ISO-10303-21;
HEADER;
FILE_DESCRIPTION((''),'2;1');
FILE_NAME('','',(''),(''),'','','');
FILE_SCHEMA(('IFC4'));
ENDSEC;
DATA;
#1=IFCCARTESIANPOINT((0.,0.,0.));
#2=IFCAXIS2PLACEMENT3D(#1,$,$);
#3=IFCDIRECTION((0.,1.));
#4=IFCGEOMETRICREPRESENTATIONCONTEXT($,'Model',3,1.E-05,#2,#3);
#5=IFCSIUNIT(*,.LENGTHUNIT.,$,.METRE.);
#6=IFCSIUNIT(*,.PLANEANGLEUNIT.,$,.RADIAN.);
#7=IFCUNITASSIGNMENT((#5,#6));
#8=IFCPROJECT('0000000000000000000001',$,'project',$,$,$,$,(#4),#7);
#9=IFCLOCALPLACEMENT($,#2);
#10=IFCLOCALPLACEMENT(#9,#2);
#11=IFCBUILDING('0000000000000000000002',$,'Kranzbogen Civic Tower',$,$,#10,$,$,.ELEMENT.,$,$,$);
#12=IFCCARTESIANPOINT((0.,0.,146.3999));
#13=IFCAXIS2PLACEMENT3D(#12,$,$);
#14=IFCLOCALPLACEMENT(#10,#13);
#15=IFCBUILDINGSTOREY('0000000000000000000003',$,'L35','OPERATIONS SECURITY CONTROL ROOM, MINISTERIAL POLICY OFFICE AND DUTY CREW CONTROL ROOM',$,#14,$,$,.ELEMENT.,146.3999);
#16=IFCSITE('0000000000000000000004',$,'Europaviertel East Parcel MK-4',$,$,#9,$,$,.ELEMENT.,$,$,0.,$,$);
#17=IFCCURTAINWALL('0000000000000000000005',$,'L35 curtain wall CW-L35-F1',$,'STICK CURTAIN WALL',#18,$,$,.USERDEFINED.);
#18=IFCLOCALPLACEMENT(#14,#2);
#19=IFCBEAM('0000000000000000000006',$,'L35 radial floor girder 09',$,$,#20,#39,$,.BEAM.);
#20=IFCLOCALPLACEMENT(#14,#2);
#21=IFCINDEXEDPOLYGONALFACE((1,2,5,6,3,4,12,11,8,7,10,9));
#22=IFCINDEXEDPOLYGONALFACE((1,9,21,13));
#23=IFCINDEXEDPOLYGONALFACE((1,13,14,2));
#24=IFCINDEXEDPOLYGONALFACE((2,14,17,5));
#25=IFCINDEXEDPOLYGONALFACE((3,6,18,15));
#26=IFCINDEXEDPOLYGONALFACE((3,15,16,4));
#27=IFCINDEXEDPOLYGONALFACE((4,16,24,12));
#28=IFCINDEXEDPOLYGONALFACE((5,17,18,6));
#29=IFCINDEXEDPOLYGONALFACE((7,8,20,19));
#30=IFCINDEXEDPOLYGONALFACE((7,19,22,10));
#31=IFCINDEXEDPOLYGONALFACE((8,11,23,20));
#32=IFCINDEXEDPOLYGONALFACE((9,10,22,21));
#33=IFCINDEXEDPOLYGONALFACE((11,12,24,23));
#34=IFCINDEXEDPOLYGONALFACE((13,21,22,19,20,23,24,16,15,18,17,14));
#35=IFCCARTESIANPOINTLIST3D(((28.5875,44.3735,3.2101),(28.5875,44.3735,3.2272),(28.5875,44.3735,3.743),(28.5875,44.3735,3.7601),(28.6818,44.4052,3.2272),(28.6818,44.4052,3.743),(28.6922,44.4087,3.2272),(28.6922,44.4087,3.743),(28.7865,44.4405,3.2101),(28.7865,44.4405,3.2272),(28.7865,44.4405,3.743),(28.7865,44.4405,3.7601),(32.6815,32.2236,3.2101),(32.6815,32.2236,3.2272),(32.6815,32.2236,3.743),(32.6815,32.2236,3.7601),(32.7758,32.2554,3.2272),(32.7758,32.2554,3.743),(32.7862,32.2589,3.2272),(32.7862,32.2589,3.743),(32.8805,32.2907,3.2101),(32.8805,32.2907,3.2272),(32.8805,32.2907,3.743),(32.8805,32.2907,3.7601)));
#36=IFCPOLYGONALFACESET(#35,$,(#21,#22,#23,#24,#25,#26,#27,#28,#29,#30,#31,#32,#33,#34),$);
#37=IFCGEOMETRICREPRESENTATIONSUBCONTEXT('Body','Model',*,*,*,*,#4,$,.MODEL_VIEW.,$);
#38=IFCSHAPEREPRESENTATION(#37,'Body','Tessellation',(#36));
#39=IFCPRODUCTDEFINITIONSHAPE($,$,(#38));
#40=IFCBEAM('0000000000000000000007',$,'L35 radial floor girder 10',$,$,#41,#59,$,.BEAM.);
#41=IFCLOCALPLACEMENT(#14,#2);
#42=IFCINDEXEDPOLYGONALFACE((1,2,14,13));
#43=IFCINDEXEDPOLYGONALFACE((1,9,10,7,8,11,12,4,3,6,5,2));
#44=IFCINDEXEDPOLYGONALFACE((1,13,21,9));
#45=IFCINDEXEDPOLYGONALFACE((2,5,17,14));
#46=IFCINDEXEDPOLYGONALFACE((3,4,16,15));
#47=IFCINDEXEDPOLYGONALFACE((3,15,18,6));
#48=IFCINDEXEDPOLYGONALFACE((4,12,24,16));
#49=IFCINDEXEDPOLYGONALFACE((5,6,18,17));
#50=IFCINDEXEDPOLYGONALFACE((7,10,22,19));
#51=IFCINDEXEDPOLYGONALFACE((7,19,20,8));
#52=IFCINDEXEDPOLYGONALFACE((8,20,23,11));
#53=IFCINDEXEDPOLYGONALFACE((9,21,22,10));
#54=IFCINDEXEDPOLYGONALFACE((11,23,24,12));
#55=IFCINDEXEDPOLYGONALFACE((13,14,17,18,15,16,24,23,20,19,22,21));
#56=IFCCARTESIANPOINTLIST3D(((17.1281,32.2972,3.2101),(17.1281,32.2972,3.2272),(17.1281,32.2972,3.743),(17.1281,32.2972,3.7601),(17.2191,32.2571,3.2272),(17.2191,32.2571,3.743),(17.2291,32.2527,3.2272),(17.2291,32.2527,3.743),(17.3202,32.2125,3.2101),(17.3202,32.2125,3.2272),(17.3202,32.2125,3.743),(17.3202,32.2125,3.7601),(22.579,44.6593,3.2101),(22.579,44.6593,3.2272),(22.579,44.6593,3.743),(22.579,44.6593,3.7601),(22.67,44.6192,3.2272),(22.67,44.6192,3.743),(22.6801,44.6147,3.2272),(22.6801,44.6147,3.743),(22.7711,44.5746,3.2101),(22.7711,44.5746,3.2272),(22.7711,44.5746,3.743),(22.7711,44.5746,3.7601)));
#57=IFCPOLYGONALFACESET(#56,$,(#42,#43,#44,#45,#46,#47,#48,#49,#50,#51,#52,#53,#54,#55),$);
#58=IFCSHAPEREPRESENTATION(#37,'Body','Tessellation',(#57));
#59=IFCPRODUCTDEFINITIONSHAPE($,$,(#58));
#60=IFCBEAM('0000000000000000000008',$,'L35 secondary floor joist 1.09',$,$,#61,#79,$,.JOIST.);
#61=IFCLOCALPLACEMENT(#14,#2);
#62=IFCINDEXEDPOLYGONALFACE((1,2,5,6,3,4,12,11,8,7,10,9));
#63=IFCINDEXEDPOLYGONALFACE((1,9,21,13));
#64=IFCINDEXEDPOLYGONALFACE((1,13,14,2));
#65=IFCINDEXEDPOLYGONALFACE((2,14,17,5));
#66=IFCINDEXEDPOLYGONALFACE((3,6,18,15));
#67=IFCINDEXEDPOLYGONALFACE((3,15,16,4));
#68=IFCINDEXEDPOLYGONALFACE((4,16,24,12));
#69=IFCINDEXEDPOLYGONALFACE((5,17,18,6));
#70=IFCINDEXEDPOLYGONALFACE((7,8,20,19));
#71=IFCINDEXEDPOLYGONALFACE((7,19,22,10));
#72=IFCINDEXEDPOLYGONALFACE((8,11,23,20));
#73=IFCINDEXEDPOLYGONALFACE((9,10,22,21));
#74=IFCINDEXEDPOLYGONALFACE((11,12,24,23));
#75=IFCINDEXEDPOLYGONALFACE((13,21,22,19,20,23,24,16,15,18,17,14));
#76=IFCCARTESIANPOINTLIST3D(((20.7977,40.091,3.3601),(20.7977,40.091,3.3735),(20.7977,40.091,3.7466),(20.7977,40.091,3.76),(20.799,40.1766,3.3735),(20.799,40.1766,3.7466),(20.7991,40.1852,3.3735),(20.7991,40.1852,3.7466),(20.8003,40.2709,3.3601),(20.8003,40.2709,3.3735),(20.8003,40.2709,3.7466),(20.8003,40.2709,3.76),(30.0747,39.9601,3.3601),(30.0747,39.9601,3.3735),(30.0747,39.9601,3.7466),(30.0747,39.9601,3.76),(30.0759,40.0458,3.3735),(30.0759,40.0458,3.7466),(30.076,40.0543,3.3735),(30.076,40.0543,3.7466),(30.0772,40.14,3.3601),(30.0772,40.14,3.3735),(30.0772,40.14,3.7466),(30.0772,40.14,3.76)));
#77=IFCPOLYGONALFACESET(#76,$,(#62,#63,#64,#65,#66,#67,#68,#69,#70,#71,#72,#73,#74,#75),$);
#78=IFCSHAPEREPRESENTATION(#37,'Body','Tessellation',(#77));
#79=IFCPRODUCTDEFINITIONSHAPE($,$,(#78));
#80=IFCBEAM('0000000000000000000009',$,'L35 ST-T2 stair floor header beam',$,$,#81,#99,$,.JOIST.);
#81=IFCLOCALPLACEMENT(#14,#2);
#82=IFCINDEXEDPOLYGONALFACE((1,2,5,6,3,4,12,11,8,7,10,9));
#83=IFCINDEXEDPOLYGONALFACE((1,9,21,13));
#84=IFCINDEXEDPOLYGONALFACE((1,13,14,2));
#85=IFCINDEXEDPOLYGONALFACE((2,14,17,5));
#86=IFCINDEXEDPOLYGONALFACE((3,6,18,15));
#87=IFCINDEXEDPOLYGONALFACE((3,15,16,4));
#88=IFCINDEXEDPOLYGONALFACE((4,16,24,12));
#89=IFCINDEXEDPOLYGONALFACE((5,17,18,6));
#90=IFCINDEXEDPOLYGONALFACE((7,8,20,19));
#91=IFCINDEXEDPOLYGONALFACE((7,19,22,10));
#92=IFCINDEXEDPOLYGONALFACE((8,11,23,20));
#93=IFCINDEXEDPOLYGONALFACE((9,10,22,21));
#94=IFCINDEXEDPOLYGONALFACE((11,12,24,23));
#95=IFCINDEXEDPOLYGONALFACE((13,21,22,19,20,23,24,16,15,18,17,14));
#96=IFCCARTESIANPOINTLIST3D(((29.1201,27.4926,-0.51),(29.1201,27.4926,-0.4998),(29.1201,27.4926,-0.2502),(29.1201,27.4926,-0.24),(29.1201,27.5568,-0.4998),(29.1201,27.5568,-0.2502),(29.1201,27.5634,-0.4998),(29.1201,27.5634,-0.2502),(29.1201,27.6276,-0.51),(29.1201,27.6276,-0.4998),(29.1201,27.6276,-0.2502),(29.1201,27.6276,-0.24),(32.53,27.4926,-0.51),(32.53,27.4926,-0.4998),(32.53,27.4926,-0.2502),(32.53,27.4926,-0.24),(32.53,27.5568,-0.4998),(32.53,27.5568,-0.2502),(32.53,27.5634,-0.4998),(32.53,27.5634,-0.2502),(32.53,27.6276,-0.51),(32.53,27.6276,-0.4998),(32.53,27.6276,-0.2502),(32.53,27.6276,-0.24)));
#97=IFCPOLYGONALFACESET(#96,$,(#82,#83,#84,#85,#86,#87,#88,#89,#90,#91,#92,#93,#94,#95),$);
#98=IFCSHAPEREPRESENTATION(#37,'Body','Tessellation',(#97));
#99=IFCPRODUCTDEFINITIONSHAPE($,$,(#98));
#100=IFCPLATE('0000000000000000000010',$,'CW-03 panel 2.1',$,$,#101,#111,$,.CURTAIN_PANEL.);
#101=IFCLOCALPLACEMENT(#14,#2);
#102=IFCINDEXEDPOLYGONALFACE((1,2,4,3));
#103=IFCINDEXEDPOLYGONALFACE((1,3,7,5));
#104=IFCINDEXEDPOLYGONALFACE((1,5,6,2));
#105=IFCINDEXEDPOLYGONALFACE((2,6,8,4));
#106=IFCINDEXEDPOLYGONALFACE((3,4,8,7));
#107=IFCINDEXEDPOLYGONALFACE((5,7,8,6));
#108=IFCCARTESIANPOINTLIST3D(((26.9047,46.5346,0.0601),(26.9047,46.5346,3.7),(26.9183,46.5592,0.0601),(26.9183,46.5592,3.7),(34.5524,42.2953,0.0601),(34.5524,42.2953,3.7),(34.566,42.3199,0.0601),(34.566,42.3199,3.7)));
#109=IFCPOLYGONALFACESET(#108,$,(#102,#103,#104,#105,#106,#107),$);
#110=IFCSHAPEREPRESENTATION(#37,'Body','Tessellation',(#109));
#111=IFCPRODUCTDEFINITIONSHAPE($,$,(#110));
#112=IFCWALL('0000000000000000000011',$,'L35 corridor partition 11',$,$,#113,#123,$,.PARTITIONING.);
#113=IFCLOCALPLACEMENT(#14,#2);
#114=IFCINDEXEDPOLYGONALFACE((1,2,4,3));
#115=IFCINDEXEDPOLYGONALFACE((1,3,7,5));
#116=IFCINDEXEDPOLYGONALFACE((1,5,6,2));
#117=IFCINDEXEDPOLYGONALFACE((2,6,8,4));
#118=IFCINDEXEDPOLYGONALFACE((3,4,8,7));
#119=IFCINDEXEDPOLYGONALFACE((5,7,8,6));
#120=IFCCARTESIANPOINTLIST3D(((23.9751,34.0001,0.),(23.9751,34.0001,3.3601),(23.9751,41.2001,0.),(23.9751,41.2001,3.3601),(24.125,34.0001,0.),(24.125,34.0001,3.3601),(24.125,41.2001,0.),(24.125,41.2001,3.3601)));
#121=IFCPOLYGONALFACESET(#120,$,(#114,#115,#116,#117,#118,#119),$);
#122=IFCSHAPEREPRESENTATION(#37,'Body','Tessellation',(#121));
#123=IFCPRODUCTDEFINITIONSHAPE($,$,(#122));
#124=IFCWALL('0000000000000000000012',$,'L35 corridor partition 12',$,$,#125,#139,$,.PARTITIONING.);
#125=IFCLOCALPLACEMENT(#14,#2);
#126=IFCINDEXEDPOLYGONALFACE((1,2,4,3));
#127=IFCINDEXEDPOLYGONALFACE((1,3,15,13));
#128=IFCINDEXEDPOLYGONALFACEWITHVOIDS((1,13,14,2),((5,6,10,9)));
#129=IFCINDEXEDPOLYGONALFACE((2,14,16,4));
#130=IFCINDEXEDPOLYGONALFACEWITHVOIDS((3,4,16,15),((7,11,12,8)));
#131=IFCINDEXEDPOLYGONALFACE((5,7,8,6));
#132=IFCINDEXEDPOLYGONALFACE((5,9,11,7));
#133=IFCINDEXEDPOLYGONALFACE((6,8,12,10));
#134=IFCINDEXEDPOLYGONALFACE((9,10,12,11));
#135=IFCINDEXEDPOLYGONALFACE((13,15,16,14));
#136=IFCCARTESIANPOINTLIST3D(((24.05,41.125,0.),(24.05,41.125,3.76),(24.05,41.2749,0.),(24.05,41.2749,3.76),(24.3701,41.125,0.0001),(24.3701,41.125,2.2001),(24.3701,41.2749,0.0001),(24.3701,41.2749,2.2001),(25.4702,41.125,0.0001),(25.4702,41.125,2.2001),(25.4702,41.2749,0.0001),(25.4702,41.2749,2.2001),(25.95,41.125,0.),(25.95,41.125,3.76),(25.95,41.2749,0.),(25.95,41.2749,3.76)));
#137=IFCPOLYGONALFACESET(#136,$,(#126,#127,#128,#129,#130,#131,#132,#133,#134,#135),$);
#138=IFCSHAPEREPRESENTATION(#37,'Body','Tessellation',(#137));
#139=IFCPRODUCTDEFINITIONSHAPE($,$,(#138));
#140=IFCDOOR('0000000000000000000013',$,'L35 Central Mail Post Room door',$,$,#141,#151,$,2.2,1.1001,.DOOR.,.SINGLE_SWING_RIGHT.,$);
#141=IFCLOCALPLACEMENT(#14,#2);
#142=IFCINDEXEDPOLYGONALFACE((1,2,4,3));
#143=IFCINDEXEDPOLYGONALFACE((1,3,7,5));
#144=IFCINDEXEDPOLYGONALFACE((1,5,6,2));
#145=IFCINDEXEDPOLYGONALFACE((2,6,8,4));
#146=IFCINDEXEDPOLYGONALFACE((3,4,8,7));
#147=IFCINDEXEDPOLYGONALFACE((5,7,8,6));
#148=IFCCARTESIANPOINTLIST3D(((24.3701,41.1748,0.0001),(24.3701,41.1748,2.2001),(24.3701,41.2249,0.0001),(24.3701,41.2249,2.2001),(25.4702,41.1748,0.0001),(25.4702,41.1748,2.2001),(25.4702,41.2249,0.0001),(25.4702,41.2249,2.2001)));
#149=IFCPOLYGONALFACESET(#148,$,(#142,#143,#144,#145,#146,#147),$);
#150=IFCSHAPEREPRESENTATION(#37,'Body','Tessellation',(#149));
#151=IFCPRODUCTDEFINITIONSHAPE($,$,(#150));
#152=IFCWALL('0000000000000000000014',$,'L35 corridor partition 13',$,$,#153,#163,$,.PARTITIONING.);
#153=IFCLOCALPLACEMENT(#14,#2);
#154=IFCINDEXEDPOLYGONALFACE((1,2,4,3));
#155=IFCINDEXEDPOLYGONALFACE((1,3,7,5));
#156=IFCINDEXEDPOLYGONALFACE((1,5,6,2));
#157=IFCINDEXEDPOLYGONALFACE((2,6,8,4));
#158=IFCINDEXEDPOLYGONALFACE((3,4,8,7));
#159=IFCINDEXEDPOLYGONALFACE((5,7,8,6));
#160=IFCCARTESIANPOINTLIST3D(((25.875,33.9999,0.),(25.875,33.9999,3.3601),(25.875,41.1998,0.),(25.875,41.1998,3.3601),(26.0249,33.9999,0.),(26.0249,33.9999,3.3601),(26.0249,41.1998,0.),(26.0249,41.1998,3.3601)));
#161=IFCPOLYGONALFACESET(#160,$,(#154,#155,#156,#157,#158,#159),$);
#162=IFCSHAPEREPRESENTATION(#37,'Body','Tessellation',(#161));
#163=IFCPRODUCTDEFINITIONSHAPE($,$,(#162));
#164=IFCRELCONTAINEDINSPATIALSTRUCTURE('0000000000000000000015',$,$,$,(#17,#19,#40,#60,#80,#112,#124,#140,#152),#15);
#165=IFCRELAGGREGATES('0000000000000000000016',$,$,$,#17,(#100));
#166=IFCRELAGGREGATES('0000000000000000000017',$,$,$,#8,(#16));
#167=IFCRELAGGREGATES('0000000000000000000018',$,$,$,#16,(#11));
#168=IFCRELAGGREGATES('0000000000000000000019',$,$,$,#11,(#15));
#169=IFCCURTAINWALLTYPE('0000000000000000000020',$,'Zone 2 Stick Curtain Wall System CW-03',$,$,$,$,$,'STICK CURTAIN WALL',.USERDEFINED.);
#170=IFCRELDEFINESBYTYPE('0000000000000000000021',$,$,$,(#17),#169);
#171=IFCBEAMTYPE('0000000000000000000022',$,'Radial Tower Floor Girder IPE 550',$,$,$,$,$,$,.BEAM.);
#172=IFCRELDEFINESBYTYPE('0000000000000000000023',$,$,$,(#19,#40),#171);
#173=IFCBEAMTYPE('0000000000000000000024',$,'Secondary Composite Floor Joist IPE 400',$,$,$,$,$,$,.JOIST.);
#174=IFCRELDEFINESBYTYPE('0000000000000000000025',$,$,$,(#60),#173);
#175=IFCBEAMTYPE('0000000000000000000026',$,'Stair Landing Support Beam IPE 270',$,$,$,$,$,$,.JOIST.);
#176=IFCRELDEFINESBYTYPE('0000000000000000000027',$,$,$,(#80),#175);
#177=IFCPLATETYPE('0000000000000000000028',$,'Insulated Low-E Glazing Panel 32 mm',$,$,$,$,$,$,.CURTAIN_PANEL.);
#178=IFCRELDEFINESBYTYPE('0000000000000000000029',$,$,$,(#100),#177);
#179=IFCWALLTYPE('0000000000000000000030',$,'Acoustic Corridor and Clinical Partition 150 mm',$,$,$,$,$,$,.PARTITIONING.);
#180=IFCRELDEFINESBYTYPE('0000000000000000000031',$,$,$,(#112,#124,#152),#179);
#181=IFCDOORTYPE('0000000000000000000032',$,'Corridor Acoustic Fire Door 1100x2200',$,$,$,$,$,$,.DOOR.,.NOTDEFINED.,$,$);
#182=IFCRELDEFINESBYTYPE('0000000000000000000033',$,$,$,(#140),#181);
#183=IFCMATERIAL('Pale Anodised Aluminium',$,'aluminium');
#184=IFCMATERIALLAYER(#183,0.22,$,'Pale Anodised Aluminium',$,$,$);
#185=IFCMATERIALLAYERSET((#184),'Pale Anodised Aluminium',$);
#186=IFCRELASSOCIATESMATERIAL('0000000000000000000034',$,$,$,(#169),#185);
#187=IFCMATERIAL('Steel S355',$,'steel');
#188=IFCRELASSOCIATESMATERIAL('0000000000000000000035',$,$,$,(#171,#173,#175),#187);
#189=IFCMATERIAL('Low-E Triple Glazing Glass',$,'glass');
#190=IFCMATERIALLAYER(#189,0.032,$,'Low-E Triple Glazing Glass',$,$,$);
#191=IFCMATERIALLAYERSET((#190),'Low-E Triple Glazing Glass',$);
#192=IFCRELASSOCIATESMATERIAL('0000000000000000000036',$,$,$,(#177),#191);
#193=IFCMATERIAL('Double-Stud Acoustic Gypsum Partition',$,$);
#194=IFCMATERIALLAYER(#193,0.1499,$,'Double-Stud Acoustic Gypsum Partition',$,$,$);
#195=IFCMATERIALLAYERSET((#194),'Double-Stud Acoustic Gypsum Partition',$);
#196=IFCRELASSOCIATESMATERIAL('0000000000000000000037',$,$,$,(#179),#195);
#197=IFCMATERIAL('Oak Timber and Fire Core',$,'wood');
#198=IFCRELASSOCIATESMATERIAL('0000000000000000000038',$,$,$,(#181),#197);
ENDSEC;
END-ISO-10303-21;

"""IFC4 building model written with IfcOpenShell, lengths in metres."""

from ifc_helpers import new_model, si_unit, direction, frame, frame_2d, origin, origin_2d, place, context, subcontext, project, spatial, rectangle, i_section, extrude, material, layer, layer_set, material_profile, profile_set, type_object, element, fill, aggregate, save


model = new_model("IFC4")

# Units and contexts
model_context = context("Model", 3, precision=1e-05, world=origin(), true_north=direction((0.0, 1.0)))
body_context = subcontext(model_context, "Body", "Model", "MODEL_VIEW")
ifc_project = project(units=[si_unit("LENGTHUNIT", "METRE"), si_unit("PLANEANGLEUNIT", "RADIAN")], contexts=[model_context])

# Site, building, storey
site_placement = place(None, origin())
site = spatial("IfcSite", under=ifc_project, at=site_placement, Name="Europaviertel East Parcel MK-4", CompositionType="ELEMENT", RefElevation=0.0)
building_placement = place(site_placement, origin())
building = spatial("IfcBuilding", under=site, at=building_placement, Name="Kranzbogen Civic Tower", CompositionType="ELEMENT")
storey_placement = place(building_placement, frame((0.0, 0.0, 146.3999)))
storey = spatial("IfcBuildingStorey", under=building, at=storey_placement, Name="L35", Description="OPERATIONS SECURITY CONTROL ROOM, MINISTERIAL POLICY OFFICE AND DUTY CREW CONTROL ROOM", CompositionType="ELEMENT", Elevation=146.3999)

# Shared definitions
ifc_material_1 = material(Name="Steel S355", Category="steel")

# Curtain wall
ifc_material_2 = material(Name="Pale Anodised Aluminium", Category="aluminium")
ifc_layer_1 = layer(ifc_material_2, 0.22, Name="Pale Anodised Aluminium")
ifc_layer_set_1 = layer_set([ifc_layer_1], Name="Pale Anodised Aluminium")
curtain_wall_type = type_object("IfcCurtainWallType", Name="Zone 2 Stick Curtain Wall System CW-03", ElementType="STICK CURTAIN WALL", PredefinedType="USERDEFINED", material=ifc_layer_set_1)
curtain_wall_1_placement = place(storey_placement, origin())
curtain_wall_1 = element("IfcCurtainWall", 1, at=curtain_wall_1_placement, inside=storey, type_object=curtain_wall_type, Name="L35 curtain wall CW-L35-F1", ObjectType="STICK CURTAIN WALL", PredefinedType="USERDEFINED")

# Beams
ifc_material_profile_1 = material_profile(ifc_material_1, i_section(OverallWidth=0.21, OverallDepth=0.55, WebThickness=0.011, FlangeThickness=0.0171, at=origin_2d()), Name="IPE 550")
ifc_profile_set_1 = profile_set([ifc_material_profile_1], Name="Steel S355")
beam_type_1 = type_object("IfcBeamType", Name="Radial Tower Floor Girder IPE 550", PredefinedType="BEAM", material=ifc_profile_set_1)
beam_1_placement = place(storey_placement, frame((28.687, 44.407, 3.4851), z_axis=(0.319317, -0.947648, 0.0), x_axis=(0.947648, 0.319317, 0.0)))
element("IfcBeam", 2, at=beam_1_placement, inside=storey, type_object=beam_type_1, Name="L35 radial floor girder 09", PredefinedType="BEAM", context=body_context, shape_type="SweptSolid", body=[
    extrude(i_section(OverallWidth=0.21, OverallDepth=0.55, WebThickness=0.011, FlangeThickness=0.0171, at=origin_2d()), origin(), (0.0, 0.0, 1.0), 12.821),
])
beam_2_placement = place(storey_placement, frame((22.675, 44.6169, 3.4851), z_axis=(-0.403459, -0.914998, 0.0), x_axis=(0.914998, -0.403459, 0.0)))
element("IfcBeam", 3, at=beam_2_placement, inside=storey, type_object=beam_type_1, Name="L35 radial floor girder 10", PredefinedType="BEAM", context=body_context, shape_type="SweptSolid", body=[
    extrude(i_section(OverallWidth=0.21, OverallDepth=0.55, WebThickness=0.011, FlangeThickness=0.0171, at=origin_2d()), origin(), (0.0, 0.0, 1.0), 13.5105),
])
ifc_material_profile_2 = material_profile(ifc_material_1, i_section(OverallWidth=0.1799, OverallDepth=0.3999, WebThickness=0.0085, FlangeThickness=0.0134, at=origin_2d()), Name="IPE 400")
ifc_profile_set_2 = profile_set([ifc_material_profile_2], Name="Steel S355")
beam_type_2 = type_object("IfcBeamType", Name="Secondary Composite Floor Joist IPE 400", PredefinedType="JOIST", material=ifc_profile_set_2)
beam_3_placement = place(storey_placement, frame((30.0759, 40.05, 3.5601), z_axis=(-0.999901, 0.014105, 0.0), x_axis=(-0.014105, -0.999901, 0.0)))
element("IfcBeam", 4, at=beam_3_placement, inside=storey, type_object=beam_type_2, Name="L35 secondary floor joist 1.09", PredefinedType="JOIST", context=body_context, shape_type="SweptSolid", body=[
    extrude(i_section(OverallWidth=0.1799, OverallDepth=0.3999, WebThickness=0.0085, FlangeThickness=0.0134, at=origin_2d()), origin(), (0.0, 0.0, 1.0), 9.2778),
])
ifc_material_profile_3 = material_profile(ifc_material_1, i_section(OverallWidth=0.135, OverallDepth=0.27, WebThickness=0.0066, FlangeThickness=0.0103, at=origin_2d()), Name="IPE 270")
ifc_profile_set_3 = profile_set([ifc_material_profile_3], Name="Steel S355")
beam_type_3 = type_object("IfcBeamType", Name="Stair Landing Support Beam IPE 270", PredefinedType="JOIST", material=ifc_profile_set_3)
beam_4_placement = place(storey_placement, frame((29.1201, 27.5601, -0.375), z_axis=(1.0, 0.0, 0.0), x_axis=(0.0, 1.0, 0.0)))
element("IfcBeam", 5, at=beam_4_placement, inside=storey, type_object=beam_type_3, Name="L35 ST-T2 stair floor header beam", PredefinedType="JOIST", context=body_context, shape_type="SweptSolid", body=[
    extrude(i_section(OverallWidth=0.135, OverallDepth=0.27, WebThickness=0.0066, FlangeThickness=0.0103, at=origin_2d()), origin(), (0.0, 0.0, 1.0), 3.4099),
])

# Plate
ifc_material_3 = material(Name="Low-E Triple Glazing Glass", Category="glass")
ifc_layer_2 = layer(ifc_material_3, 0.032, Name="Low-E Triple Glazing Glass")
ifc_layer_set_2 = layer_set([ifc_layer_2], Name="Low-E Triple Glazing Glass")
plate_type = type_object("IfcPlateType", Name="Insulated Low-E Glazing Panel 32 mm", PredefinedType="CURTAIN_PANEL", material=ifc_layer_set_2)
plate_placement = place(storey_placement, frame((30.7354, 44.4272, 0.0601), z_axis=(0.0, 0.0, 1.0), x_axis=(-0.874613, 0.484821, 0.0)))
plate = element("IfcPlate", 6, at=plate_placement, type_object=plate_type, Name="CW-03 panel 2.1", PredefinedType="CURTAIN_PANEL", context=body_context, shape_type="SweptSolid", body=[
    extrude(rectangle(XDim=8.7441, YDim=0.0281, at=origin_2d()), origin(), (0.0, 0.0, 1.0), 3.6399),
])
aggregate(curtain_wall_1, [plate])

# Wall
ifc_material_4 = material(Name="Double-Stud Acoustic Gypsum Partition")
ifc_layer_3 = layer(ifc_material_4, 0.1499, Name="Double-Stud Acoustic Gypsum Partition")
ifc_layer_set_3 = layer_set([ifc_layer_3], Name="Double-Stud Acoustic Gypsum Partition")
wall_type_1 = type_object("IfcWallType", Name="Acoustic Corridor and Clinical Partition 150 mm", PredefinedType="PARTITIONING", material=ifc_layer_set_3)
wall_1_placement = place(storey_placement, frame((24.05, 34.0, 0.0), z_axis=(0.0, 0.0, 1.0), x_axis=(0.0, 1.0, 0.0)))
element("IfcWall", 7, at=wall_1_placement, inside=storey, type_object=wall_type_1, Name="L35 corridor partition 11", PredefinedType="PARTITIONING", context=body_context, shape_type="SweptSolid", body=[
    extrude(rectangle(XDim=7.2, YDim=0.1499, at=frame_2d((3.6001, 0.0))), origin(), (0.0, 0.0, 1.0), 3.3601),
])

# Wall, opening, door
wall_2_placement = place(storey_placement, frame((24.05, 41.2, 0.0), z_axis=(0.0, 0.0, 1.0), x_axis=(1.0, 0.0, 0.0)))
wall_2 = element("IfcWall", 8, at=wall_2_placement, inside=storey, type_object=wall_type_1, Name="L35 corridor partition 12", PredefinedType="PARTITIONING", context=body_context, shape_type="SweptSolid", body=[
    extrude(rectangle(XDim=1.8999, YDim=0.1499, at=frame_2d((0.95, 0.0))), origin(), (0.0, 0.0, 1.0), 3.76),
])
opening_1_placement = place(wall_2_placement, frame((0.3201, 0.0, 0.0)))
opening_1 = element("IfcOpeningElement", 9, at=opening_1_placement, cuts=wall_2, PredefinedType="OPENING", context=body_context, shape_type="SweptSolid", body=[
    extrude(rectangle(XDim=1.1001, YDim=2.2, at=frame_2d((0.55, 1.1001))), frame((0.0, 0.085, 0.0), z_axis=(0.0, -1.0, 0.0), x_axis=(1.0, 0.0, 0.0)), (0.0, 0.0, 1.0), 0.1699),
])
ifc_material_5 = material(Name="Oak Timber and Fire Core", Category="wood")
door_type_1 = type_object("IfcDoorType", Name="Corridor Acoustic Fire Door 1100x2200", OperationType="NOTDEFINED", PredefinedType="DOOR", material=ifc_material_5)
door_1_placement = place(opening_1_placement, origin())
door_1 = element("IfcDoor", 10, at=door_1_placement, inside=storey, type_object=door_type_1, Name="L35 Central Mail Post Room door", OperationType="SINGLE_SWING_RIGHT", OverallHeight=2.2, OverallWidth=1.1001, PredefinedType="DOOR", context=body_context, shape_type="SweptSolid", body=[
    extrude(rectangle(XDim=1.1001, YDim=2.2, at=frame_2d((0.55, 1.1001))), frame((0.0, 0.0249, 0.0), z_axis=(0.0, -1.0, 0.0), x_axis=(1.0, 0.0, 0.0)), (0.0, 0.0, 1.0), 0.05),
])
fill(opening_1, door_1)

# Wall
wall_3_placement = place(storey_placement, frame((25.95, 41.2, 0.0), z_axis=(0.0, 0.0, 1.0), x_axis=(0.0, -1.0, 0.0)))
element("IfcWall", 11, at=wall_3_placement, inside=storey, type_object=wall_type_1, Name="L35 corridor partition 13", PredefinedType="PARTITIONING", context=body_context, shape_type="SweptSolid", body=[
    extrude(rectangle(XDim=7.2, YDim=0.1499, at=frame_2d((3.6001, 0.0))), origin(), (0.0, 0.0, 1.0), 3.3601),
])

save(model, "model.ifc")
